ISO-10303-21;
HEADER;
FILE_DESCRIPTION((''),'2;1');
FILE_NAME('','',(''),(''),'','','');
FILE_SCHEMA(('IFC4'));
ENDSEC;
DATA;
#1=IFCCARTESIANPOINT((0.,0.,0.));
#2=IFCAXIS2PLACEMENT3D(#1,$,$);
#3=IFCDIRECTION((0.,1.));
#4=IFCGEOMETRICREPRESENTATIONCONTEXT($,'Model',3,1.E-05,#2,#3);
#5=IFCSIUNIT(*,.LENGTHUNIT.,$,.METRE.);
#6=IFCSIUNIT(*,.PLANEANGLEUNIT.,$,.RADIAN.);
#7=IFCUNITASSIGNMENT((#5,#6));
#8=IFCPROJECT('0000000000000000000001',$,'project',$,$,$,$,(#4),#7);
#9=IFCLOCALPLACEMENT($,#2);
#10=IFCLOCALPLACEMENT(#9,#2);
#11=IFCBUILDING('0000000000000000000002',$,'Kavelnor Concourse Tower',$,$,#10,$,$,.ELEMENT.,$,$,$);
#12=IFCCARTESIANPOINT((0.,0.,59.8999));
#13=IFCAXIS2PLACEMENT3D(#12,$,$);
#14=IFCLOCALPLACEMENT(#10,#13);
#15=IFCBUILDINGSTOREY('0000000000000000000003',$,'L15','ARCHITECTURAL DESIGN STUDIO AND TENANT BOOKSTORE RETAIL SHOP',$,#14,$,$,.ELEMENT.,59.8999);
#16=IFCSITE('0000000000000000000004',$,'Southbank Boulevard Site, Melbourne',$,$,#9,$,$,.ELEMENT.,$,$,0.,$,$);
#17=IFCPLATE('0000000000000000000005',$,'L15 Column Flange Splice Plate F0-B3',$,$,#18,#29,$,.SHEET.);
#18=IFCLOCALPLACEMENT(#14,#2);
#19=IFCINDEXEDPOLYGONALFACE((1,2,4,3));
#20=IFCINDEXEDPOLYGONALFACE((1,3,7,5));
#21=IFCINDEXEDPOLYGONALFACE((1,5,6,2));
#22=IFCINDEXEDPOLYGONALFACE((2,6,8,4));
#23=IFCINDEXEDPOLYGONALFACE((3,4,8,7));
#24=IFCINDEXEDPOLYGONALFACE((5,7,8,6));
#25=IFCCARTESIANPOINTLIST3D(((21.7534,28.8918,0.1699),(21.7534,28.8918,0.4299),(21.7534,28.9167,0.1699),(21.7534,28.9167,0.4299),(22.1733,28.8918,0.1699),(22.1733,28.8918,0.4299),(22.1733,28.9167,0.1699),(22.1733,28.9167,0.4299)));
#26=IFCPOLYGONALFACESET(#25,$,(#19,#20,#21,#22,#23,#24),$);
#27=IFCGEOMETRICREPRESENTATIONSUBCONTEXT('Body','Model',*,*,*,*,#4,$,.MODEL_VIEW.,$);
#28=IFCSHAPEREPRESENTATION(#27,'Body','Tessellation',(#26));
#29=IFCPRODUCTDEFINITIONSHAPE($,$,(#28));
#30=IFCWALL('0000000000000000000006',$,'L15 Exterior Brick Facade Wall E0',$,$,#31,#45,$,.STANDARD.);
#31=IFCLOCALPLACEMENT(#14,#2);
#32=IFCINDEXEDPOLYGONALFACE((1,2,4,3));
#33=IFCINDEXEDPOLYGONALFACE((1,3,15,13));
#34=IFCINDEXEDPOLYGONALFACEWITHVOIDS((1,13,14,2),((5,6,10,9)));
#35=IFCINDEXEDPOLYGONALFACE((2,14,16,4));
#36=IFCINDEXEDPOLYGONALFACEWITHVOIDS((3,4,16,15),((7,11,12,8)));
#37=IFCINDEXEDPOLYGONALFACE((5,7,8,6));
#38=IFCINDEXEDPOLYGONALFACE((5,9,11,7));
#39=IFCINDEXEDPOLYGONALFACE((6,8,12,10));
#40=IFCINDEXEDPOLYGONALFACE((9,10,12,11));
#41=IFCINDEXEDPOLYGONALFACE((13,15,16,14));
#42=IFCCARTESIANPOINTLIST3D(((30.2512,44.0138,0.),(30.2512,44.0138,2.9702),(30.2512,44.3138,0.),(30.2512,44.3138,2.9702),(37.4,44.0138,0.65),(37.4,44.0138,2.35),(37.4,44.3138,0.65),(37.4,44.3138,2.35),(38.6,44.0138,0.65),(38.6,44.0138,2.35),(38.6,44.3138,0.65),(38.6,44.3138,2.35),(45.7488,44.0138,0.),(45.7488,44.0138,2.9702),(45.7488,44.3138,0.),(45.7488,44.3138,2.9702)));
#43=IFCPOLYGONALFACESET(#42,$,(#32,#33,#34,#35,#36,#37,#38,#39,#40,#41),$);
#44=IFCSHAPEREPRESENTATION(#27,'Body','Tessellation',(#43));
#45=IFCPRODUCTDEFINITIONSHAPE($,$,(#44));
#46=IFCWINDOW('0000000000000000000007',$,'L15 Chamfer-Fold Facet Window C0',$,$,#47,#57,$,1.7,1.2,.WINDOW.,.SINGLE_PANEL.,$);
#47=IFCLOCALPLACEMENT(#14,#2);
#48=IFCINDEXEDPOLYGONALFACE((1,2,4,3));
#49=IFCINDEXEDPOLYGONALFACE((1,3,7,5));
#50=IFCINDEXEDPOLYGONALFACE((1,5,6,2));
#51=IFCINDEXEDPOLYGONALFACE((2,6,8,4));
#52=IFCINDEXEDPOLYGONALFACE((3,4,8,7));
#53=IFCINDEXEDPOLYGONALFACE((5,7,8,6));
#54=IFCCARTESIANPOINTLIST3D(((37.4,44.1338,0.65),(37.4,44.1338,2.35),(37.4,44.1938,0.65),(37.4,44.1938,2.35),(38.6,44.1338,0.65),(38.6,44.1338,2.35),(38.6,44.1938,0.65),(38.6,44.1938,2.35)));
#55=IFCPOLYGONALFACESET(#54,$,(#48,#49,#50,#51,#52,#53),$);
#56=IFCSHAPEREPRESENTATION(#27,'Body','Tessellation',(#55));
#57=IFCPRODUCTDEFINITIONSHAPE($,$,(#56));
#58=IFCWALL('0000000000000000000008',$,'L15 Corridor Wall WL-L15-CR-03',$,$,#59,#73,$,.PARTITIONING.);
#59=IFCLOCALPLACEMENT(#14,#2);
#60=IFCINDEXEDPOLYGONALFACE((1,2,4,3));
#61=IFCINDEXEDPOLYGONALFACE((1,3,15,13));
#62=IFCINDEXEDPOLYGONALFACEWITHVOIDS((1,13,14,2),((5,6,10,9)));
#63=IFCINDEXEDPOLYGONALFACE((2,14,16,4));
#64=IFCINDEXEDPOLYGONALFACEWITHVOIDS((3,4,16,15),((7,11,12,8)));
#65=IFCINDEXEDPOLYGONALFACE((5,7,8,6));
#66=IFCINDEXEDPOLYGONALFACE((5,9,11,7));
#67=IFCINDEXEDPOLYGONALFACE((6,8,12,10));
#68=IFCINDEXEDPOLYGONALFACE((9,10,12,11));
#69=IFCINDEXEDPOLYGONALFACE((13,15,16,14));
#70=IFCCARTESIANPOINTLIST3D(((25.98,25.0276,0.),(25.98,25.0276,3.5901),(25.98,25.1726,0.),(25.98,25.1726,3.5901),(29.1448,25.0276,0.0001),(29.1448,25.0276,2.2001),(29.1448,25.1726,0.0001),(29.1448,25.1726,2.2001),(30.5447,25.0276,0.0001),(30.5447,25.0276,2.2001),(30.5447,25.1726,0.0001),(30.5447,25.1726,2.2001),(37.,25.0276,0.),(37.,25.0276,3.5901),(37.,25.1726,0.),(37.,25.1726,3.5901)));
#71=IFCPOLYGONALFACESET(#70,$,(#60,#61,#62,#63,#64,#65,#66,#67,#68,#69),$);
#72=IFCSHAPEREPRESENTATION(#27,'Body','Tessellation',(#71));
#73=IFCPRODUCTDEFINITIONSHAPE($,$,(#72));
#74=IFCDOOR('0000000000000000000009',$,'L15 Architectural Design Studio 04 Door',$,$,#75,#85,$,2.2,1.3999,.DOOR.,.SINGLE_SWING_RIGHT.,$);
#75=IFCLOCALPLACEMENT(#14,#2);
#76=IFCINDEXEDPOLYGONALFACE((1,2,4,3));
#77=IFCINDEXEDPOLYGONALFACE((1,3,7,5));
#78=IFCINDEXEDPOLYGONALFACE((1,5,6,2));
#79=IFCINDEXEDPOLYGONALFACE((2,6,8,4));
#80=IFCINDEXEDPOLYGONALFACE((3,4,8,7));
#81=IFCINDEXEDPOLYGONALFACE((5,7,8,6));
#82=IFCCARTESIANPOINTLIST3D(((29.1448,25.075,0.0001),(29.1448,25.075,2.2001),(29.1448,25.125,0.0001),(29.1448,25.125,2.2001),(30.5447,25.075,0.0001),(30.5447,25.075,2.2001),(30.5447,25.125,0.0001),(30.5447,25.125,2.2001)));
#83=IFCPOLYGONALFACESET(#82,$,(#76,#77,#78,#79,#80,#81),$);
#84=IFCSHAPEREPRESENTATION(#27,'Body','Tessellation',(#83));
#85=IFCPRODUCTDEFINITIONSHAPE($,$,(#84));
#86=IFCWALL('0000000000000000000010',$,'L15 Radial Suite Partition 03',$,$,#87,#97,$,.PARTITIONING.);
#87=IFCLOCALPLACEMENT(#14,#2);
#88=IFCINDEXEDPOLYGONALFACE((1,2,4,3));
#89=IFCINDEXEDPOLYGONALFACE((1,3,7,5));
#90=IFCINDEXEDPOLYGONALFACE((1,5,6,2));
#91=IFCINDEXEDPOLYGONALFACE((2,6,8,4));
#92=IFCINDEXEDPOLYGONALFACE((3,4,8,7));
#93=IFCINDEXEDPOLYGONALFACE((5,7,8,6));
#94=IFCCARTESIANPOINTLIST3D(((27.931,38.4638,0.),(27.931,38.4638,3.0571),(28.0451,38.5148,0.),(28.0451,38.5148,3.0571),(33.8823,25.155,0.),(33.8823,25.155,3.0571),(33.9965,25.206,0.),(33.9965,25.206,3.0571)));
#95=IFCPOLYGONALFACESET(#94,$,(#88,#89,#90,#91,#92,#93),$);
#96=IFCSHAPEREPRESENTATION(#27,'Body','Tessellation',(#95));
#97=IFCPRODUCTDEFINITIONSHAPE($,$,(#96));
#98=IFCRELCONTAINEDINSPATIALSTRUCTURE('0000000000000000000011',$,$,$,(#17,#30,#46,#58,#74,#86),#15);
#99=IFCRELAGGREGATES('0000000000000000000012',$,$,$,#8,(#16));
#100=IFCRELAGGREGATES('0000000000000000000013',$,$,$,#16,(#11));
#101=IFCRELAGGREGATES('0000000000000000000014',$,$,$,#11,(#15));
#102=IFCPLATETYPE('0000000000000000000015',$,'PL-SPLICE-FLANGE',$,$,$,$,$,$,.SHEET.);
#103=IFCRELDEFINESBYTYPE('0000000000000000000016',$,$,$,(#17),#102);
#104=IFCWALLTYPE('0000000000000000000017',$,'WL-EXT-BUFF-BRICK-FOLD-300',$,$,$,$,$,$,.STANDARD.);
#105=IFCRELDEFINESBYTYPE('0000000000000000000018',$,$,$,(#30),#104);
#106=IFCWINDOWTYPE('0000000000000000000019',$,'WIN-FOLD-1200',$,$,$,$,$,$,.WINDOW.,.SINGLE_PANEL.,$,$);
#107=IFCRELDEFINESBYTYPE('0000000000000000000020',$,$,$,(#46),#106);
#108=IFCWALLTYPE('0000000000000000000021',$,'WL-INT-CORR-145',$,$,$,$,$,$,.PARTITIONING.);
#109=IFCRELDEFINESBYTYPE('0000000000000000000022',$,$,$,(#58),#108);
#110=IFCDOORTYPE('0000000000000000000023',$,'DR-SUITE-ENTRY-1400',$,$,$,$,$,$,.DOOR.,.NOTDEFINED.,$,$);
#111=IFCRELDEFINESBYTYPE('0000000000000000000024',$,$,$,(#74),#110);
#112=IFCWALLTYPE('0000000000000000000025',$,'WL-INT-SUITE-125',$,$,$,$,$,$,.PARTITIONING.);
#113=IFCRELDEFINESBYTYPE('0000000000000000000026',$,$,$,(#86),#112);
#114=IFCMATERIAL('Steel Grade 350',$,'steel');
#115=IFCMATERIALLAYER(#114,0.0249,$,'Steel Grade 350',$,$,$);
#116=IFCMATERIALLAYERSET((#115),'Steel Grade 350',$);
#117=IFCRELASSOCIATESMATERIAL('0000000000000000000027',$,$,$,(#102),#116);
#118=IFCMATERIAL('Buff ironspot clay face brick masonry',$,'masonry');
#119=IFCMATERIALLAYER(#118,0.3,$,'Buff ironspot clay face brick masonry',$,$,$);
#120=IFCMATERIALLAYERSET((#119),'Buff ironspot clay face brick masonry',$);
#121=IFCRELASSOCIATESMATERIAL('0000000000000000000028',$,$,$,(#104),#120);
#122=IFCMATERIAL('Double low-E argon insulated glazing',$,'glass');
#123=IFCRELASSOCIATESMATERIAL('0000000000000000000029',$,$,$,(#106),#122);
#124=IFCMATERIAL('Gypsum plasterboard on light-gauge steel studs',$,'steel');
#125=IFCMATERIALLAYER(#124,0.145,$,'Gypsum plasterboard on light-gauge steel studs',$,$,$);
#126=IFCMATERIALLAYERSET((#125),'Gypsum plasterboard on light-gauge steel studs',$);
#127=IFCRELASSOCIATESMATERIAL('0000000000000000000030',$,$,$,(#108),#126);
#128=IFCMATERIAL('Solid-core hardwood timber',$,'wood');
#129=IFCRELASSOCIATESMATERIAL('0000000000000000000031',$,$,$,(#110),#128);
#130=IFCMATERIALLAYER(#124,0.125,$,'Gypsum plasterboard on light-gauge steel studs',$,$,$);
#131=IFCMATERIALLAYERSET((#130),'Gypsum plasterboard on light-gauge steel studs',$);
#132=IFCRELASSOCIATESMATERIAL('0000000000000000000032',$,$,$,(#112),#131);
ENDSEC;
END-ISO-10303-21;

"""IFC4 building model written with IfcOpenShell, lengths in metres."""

from ifc_helpers import new_model, si_unit, direction, frame, frame_2d, origin, origin_2d, place, context, subcontext, project, spatial, rectangle, extrude, material, layer, layer_set, type_object, element, fill, save


model = new_model("IFC4")

# Units and contexts
model_context = context("Model", 3, precision=1e-05, world=origin(), true_north=direction((0.0, 1.0)))
body_context = subcontext(model_context, "Body", "Model", "MODEL_VIEW")
ifc_project = project(units=[si_unit("LENGTHUNIT", "METRE"), si_unit("PLANEANGLEUNIT", "RADIAN")], contexts=[model_context])

# Site, building, storey
site_placement = place(None, origin())
site = spatial("IfcSite", under=ifc_project, at=site_placement, Name="Southbank Boulevard Site, Melbourne", CompositionType="ELEMENT", RefElevation=0.0)
building_placement = place(site_placement, origin())
building = spatial("IfcBuilding", under=site, at=building_placement, Name="Kavelnor Concourse Tower", CompositionType="ELEMENT")
storey_placement = place(building_placement, frame((0.0, 0.0, 59.8999)))
storey = spatial("IfcBuildingStorey", under=building, at=storey_placement, Name="L15", Description="ARCHITECTURAL DESIGN STUDIO AND TENANT BOOKSTORE RETAIL SHOP", CompositionType="ELEMENT", Elevation=59.8999)

# Shared definitions
ifc_material_1 = material(Name="Steel Grade 350", Category="steel")

# Plate
ifc_layer_1 = layer(ifc_material_1, 0.0249, Name="Steel Grade 350")
ifc_layer_set_1 = layer_set([ifc_layer_1], Name="Steel Grade 350")
plate_type_1 = type_object("IfcPlateType", Name="PL-SPLICE-FLANGE", PredefinedType="SHEET", material=ifc_layer_set_1)
for number, where, z_axis, x_axis, name in (
    (1, (21.9634, 28.9043, 0.1699), (0.0, 0.0, 1.0), (1.0, 0.0, 0.0), "L15 Column Flange Splice Plate F0-B3"),
):
    element("IfcPlate", number, at=place(storey_placement, frame(where, z_axis=z_axis, x_axis=x_axis)), inside=storey, type_object=plate_type_1, Name=name, PredefinedType="SHEET", context=body_context, shape_type="SweptSolid", body=[
        extrude(rectangle(XDim=0.4199, YDim=0.0249, at=origin_2d()), origin(), (0.0, 0.0, 1.0), 0.26),
    ])

# Wall, opening, window
ifc_material_2 = material(Name="Buff ironspot clay face brick masonry", Category="masonry")
ifc_layer_2 = layer(ifc_material_2, 0.3, Name="Buff ironspot clay face brick masonry")
ifc_layer_set_2 = layer_set([ifc_layer_2], Name="Buff ironspot clay face brick masonry")
wall_type_1 = type_object("IfcWallType", Name="WL-EXT-BUFF-BRICK-FOLD-300", PredefinedType="STANDARD", material=ifc_layer_set_2)
wall_1_placement = place(storey_placement, frame((30.2512, 44.1638, 0.0), z_axis=(0.0, 0.0, 1.0), x_axis=(1.0, 0.0, 0.0)))
wall_1 = element("IfcWall", 2, at=wall_1_placement, inside=storey, type_object=wall_type_1, Name="L15 Exterior Brick Facade Wall E0", PredefinedType="STANDARD", context=body_context, shape_type="SweptSolid", body=[
    extrude(rectangle(XDim=15.4976, YDim=0.3, at=frame_2d((7.7488, 0.0))), origin(), (0.0, 0.0, 1.0), 2.9702),
])
opening_1_placement = place(wall_1_placement, frame((7.1487, 0.0, 0.6499)))
opening_1 = element("IfcOpeningElement", 3, at=opening_1_placement, cuts=wall_1, PredefinedType="OPENING", context=body_context, shape_type="SweptSolid", body=[
    extrude(rectangle(XDim=1.2, YDim=1.7, at=frame_2d((0.6001, 0.8501))), frame((0.0, 0.1602, 0.0), z_axis=(0.0, -1.0, 0.0), x_axis=(1.0, 0.0, 0.0)), (0.0, 0.0, 1.0), 0.3201),
])
ifc_material_3 = material(Name="Double low-E argon insulated glazing", Category="glass")
window_type = type_object("IfcWindowType", Name="WIN-FOLD-1200", PartitioningType="SINGLE_PANEL", PredefinedType="WINDOW", material=ifc_material_3)
window_placement = place(opening_1_placement, origin())
window = element("IfcWindow", 4, at=window_placement, inside=storey, type_object=window_type, Name="L15 Chamfer-Fold Facet Window C0", OverallHeight=1.7, OverallWidth=1.2, PartitioningType="SINGLE_PANEL", PredefinedType="WINDOW", context=body_context, shape_type="SweptSolid", body=[
    extrude(rectangle(XDim=1.2, YDim=1.7, at=frame_2d((0.6001, 0.8501))), frame((0.0, 0.03, 0.0), z_axis=(0.0, -1.0, 0.0), x_axis=(1.0, 0.0, 0.0)), (0.0, 0.0, 1.0), 0.0601),
])
fill(opening_1, window)

# Wall, opening, door
ifc_material_4 = material(Name="Gypsum plasterboard on light-gauge steel studs", Category="steel")
ifc_layer_3 = layer(ifc_material_4, 0.145, Name="Gypsum plasterboard on light-gauge steel studs")
ifc_layer_set_3 = layer_set([ifc_layer_3], Name="Gypsum plasterboard on light-gauge steel studs")
wall_type_2 = type_object("IfcWallType", Name="WL-INT-CORR-145", PredefinedType="PARTITIONING", material=ifc_layer_set_3)
wall_2_placement = place(storey_placement, frame((25.98, 25.1001, 0.0), z_axis=(0.0, 0.0, 1.0), x_axis=(1.0, 0.0, 0.0)))
wall_2 = element("IfcWall", 5, at=wall_2_placement, inside=storey, type_object=wall_type_2, Name="L15 Corridor Wall WL-L15-CR-03", PredefinedType="PARTITIONING", context=body_context, shape_type="SweptSolid", body=[
    extrude(rectangle(XDim=11.02, YDim=0.145, at=frame_2d((5.51, 0.0))), origin(), (0.0, 0.0, 1.0), 3.5901),
])
opening_2_placement = place(wall_2_placement, frame((3.1648, 0.0, 0.0)))
opening_2 = element("IfcOpeningElement", 6, at=opening_2_placement, cuts=wall_2, PredefinedType="OPENING", context=body_context, shape_type="SweptSolid", body=[
    extrude(rectangle(XDim=1.3999, YDim=2.2, at=frame_2d((0.7, 1.1001))), frame((0.0, 0.0825, 0.0), z_axis=(0.0, -1.0, 0.0), x_axis=(1.0, 0.0, 0.0)), (0.0, 0.0, 1.0), 0.165),
])
ifc_material_5 = material(Name="Solid-core hardwood timber", Category="wood")
door_type = type_object("IfcDoorType", Name="DR-SUITE-ENTRY-1400", OperationType="NOTDEFINED", PredefinedType="DOOR", material=ifc_material_5)
door_placement = place(opening_2_placement, origin())
door = element("IfcDoor", 7, at=door_placement, inside=storey, type_object=door_type, Name="L15 Architectural Design Studio 04 Door", OperationType="SINGLE_SWING_RIGHT", OverallHeight=2.2, OverallWidth=1.3999, PredefinedType="DOOR", context=body_context, shape_type="SweptSolid", body=[
    extrude(rectangle(XDim=1.3999, YDim=2.2, at=frame_2d((0.7, 1.1001))), frame((0.0, 0.0249, 0.0), z_axis=(0.0, -1.0, 0.0), x_axis=(1.0, 0.0, 0.0)), (0.0, 0.0, 1.0), 0.05),
])
fill(opening_2, door)

# Wall
ifc_layer_4 = layer(ifc_material_4, 0.125, Name="Gypsum plasterboard on light-gauge steel studs")
ifc_layer_set_4 = layer_set([ifc_layer_4], Name="Gypsum plasterboard on light-gauge steel studs")
wall_type_3 = type_object("IfcWallType", Name="WL-INT-SUITE-125", PredefinedType="PARTITIONING", material=ifc_layer_set_4)
wall_3_placement = place(storey_placement, frame((33.9395, 25.1804, 0.0), z_axis=(0.0, 0.0, 1.0), x_axis=(-0.408221, 0.912883, 0.0)))
element("IfcWall", 8, at=wall_3_placement, inside=storey, type_object=wall_type_3, Name="L15 Radial Suite Partition 03", PredefinedType="PARTITIONING", context=body_context, shape_type="SweptSolid", body=[
    extrude(rectangle(XDim=14.5789, YDim=0.125, at=frame_2d((7.2896, 0.0))), origin(), (0.0, 0.0, 1.0), 3.0571),
])

save(model, "model.ifc")
